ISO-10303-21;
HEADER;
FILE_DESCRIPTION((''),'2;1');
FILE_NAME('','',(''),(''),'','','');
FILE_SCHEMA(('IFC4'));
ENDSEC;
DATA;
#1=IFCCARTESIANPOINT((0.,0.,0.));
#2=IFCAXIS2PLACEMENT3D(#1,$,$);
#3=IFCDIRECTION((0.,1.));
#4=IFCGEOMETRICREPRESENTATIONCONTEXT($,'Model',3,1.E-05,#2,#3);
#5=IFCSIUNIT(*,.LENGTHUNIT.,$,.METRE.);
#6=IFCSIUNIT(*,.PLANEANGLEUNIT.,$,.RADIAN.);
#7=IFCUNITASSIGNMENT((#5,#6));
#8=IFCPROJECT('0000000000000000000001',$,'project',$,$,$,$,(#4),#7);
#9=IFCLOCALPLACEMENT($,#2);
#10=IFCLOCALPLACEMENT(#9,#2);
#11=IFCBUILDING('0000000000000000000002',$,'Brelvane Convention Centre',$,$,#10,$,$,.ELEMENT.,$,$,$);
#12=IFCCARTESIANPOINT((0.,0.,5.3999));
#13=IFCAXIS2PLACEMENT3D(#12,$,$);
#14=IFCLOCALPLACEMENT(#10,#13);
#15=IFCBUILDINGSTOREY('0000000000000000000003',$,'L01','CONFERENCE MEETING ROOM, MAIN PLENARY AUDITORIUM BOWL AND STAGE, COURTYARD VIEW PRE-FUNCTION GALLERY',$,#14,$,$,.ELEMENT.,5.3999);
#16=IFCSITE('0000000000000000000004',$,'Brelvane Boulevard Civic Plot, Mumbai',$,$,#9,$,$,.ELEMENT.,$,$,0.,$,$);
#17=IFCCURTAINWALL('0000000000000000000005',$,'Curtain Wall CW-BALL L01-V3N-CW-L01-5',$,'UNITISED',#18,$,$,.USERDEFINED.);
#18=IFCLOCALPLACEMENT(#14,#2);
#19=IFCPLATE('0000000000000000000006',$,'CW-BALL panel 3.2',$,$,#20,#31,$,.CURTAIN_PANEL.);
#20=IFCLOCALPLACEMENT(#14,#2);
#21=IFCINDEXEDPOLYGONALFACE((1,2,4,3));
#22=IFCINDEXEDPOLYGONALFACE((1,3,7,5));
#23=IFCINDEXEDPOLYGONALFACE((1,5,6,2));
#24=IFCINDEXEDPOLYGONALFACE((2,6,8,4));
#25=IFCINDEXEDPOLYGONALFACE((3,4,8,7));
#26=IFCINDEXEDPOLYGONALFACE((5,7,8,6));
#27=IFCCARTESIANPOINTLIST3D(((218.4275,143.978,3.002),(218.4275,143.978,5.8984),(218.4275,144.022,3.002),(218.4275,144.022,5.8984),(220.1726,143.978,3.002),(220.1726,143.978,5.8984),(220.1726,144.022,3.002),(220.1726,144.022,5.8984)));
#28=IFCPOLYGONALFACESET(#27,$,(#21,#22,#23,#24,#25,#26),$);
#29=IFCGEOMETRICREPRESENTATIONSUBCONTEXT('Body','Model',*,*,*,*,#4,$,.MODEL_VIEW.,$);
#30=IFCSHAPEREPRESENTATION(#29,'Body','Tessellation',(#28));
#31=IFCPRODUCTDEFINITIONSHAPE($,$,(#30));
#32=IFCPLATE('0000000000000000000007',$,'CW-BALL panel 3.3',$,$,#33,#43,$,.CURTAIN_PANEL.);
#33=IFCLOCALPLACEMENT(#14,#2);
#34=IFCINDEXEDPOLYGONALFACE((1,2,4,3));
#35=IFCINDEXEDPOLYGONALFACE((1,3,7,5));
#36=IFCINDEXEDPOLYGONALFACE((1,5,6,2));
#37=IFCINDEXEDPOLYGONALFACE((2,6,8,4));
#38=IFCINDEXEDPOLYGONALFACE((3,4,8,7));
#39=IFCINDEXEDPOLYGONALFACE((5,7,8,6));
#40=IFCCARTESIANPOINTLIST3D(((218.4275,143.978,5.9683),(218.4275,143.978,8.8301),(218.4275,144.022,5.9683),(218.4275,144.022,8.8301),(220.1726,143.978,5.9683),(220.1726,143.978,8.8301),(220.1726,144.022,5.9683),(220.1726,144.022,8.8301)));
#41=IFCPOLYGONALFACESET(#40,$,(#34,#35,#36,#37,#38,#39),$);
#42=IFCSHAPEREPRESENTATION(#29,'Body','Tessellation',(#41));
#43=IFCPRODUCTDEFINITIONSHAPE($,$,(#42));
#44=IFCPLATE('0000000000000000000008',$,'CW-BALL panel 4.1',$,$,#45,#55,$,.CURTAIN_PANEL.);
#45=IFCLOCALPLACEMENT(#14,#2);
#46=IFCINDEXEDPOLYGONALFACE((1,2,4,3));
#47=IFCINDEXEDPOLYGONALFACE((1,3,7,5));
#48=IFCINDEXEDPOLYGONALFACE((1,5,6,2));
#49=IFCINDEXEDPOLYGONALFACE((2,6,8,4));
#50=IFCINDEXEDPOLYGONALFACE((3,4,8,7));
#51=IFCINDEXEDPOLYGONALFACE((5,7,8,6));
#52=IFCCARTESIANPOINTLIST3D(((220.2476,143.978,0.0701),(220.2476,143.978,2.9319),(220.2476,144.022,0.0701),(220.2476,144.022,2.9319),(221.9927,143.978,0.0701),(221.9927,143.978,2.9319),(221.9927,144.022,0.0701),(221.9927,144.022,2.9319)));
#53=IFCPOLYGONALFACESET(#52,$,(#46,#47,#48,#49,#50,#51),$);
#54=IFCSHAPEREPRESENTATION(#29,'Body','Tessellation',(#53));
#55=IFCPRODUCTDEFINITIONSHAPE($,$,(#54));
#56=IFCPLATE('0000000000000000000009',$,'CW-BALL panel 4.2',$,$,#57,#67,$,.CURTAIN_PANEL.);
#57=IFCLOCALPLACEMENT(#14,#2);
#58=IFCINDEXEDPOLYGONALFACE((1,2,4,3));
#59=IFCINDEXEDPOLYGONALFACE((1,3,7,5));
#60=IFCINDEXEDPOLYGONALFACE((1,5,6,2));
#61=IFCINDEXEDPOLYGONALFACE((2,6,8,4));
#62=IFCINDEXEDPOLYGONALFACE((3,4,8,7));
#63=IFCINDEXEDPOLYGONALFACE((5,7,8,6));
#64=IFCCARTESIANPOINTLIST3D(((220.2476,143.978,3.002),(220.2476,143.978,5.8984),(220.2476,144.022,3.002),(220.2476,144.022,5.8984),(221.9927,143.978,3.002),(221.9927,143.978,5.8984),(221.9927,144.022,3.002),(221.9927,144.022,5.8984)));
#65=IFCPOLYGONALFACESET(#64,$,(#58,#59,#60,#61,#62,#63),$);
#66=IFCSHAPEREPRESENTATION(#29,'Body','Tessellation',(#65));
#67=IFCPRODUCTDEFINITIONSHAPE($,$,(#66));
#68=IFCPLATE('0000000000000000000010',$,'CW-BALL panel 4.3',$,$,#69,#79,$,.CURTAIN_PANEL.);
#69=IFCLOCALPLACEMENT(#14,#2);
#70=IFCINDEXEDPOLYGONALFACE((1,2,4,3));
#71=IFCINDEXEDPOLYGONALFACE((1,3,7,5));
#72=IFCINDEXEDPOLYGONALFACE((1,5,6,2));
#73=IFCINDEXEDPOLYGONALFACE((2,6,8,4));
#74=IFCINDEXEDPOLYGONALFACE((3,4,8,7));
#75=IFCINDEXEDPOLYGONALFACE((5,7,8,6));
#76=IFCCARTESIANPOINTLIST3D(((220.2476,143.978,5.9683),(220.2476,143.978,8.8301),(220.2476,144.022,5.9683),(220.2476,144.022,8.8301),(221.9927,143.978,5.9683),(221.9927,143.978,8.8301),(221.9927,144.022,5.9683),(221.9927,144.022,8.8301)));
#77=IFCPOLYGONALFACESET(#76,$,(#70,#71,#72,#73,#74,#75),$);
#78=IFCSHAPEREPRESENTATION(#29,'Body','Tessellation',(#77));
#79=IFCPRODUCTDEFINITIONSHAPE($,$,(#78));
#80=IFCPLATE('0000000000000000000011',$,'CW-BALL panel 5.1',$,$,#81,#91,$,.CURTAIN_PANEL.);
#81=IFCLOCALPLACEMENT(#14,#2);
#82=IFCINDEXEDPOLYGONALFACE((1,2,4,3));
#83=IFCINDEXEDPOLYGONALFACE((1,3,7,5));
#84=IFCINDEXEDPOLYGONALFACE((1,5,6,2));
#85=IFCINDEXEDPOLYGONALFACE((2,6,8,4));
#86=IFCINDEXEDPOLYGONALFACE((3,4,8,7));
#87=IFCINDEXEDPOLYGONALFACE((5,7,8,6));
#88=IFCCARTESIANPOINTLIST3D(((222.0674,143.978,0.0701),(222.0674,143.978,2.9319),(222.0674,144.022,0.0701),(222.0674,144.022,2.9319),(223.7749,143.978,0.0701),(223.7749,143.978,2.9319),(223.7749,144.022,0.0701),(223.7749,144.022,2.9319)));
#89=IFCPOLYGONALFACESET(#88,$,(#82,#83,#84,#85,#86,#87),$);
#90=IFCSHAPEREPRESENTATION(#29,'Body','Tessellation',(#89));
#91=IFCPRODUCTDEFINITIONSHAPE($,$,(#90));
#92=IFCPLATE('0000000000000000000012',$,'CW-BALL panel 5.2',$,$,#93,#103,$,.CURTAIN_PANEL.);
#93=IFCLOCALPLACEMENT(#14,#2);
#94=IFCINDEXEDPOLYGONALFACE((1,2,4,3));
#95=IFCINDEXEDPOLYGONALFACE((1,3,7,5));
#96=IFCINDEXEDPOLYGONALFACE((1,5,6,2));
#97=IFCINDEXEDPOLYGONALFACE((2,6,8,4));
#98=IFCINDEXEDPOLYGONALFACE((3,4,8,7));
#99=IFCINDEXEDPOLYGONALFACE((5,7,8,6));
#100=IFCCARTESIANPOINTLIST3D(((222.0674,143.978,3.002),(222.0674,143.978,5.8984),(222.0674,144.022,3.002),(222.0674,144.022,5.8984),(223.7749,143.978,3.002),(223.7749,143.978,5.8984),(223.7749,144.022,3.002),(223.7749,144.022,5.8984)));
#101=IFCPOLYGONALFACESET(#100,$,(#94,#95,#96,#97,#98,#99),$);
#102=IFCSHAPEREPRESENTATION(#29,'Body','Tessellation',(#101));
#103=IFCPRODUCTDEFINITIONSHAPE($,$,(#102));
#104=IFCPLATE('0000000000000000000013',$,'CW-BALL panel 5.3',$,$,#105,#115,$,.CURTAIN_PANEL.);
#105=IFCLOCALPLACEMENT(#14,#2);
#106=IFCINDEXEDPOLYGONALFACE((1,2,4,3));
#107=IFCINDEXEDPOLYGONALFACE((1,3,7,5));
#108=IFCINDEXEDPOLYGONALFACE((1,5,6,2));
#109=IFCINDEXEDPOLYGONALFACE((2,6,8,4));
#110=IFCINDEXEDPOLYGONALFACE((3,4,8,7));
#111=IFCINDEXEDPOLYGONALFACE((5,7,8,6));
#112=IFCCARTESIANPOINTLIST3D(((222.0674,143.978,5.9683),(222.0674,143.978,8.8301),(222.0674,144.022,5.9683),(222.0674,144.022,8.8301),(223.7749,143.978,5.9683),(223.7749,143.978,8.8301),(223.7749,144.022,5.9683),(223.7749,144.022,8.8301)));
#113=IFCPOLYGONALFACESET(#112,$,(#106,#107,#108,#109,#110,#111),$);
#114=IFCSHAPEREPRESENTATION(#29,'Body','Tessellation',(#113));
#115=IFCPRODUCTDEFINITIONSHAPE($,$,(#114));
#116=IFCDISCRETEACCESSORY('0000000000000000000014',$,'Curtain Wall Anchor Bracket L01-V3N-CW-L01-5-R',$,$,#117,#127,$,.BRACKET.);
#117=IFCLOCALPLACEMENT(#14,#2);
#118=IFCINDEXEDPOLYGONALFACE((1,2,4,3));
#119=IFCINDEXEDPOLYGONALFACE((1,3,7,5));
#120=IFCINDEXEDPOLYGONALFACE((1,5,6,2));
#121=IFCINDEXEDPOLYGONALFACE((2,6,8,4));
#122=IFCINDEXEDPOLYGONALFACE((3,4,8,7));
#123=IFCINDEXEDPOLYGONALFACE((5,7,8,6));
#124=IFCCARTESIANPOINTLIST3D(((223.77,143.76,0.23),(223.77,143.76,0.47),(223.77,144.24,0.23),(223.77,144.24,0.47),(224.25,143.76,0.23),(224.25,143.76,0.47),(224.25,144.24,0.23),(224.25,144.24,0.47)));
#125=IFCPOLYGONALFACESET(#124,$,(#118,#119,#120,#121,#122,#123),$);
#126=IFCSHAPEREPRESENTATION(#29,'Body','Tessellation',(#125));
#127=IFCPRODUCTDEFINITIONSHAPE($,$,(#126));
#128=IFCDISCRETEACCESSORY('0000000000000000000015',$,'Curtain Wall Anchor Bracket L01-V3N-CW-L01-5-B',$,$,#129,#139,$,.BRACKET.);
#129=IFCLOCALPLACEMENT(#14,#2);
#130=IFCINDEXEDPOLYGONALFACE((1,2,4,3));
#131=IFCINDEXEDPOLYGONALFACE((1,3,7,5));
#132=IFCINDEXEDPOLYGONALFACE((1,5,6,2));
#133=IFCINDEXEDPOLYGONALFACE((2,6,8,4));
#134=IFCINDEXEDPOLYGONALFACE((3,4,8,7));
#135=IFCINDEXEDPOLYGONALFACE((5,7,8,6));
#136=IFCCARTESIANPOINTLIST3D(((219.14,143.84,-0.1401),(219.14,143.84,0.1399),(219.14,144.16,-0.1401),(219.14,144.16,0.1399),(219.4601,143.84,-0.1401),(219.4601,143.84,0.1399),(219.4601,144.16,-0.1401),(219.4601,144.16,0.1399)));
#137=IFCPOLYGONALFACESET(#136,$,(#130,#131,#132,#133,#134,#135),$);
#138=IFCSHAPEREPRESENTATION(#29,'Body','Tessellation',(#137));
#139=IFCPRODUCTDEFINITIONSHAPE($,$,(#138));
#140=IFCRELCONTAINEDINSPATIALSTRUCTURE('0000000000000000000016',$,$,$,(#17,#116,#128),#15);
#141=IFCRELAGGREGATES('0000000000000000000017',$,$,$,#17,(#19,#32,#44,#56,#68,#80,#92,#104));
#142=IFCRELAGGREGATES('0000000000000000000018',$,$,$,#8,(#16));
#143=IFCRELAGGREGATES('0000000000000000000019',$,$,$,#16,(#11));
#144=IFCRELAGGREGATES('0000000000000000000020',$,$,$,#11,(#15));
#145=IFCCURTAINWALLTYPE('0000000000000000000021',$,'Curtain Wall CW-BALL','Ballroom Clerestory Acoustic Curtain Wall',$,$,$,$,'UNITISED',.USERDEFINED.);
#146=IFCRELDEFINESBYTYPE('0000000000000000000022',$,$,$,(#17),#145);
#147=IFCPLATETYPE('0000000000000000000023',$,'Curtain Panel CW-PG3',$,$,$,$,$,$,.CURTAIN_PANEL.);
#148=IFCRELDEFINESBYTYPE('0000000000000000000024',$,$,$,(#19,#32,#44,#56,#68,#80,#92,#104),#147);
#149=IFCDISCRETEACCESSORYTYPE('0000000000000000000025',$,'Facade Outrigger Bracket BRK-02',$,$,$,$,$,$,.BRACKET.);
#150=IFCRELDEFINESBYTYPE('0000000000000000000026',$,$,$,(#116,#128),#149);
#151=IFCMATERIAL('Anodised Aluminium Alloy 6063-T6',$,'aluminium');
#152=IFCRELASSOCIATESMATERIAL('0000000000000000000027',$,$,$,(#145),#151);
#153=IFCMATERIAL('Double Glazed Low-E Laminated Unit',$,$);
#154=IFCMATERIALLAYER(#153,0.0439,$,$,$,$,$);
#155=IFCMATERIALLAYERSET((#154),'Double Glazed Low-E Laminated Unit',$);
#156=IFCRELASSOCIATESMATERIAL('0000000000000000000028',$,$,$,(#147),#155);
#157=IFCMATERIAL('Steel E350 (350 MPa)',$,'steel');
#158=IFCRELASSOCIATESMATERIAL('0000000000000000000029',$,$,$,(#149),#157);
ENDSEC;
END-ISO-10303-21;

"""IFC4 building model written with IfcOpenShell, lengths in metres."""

from ifc_helpers import new_model, si_unit, direction, frame, origin, origin_2d, place, context, subcontext, project, spatial, rectangle, extrude, material, layer, layer_set, type_object, element, aggregate, save


model = new_model("IFC4")

# Units and contexts
model_context = context("Model", 3, precision=1e-05, world=origin(), true_north=direction((0.0, 1.0)))
body_context = subcontext(model_context, "Body", "Model", "MODEL_VIEW")
ifc_project = project(units=[si_unit("LENGTHUNIT", "METRE"), si_unit("PLANEANGLEUNIT", "RADIAN")], contexts=[model_context])

# Site, building, storey
site_placement = place(None, origin())
site = spatial("IfcSite", under=ifc_project, at=site_placement, Name="Brelvane Boulevard Civic Plot, Mumbai", CompositionType="ELEMENT", RefElevation=0.0)
building_placement = place(site_placement, origin())
building = spatial("IfcBuilding", under=site, at=building_placement, Name="Brelvane Convention Centre", CompositionType="ELEMENT")
storey_placement = place(building_placement, frame((0.0, 0.0, 5.3999)))
storey = spatial("IfcBuildingStorey", under=building, at=storey_placement, Name="L01", Description="CONFERENCE MEETING ROOM, MAIN PLENARY AUDITORIUM BOWL AND STAGE, COURTYARD VIEW PRE-FUNCTION GALLERY", CompositionType="ELEMENT", Elevation=5.3999)

# Curtain wall, plates
ifc_material_1 = material(Name="Anodised Aluminium Alloy 6063-T6", Category="aluminium")
curtain_wall_type = type_object("IfcCurtainWallType", Name="Curtain Wall CW-BALL", Description="Ballroom Clerestory Acoustic Curtain Wall", ElementType="UNITISED", PredefinedType="USERDEFINED", material=ifc_material_1)
curtain_wall_placement = place(storey_placement, origin())
curtain_wall = element("IfcCurtainWall", 1, at=curtain_wall_placement, inside=storey, type_object=curtain_wall_type, Name="Curtain Wall CW-BALL L01-V3N-CW-L01-5", ObjectType="UNITISED", PredefinedType="USERDEFINED")
ifc_material_2 = material(Name="Double Glazed Low-E Laminated Unit")
ifc_layer = layer(ifc_material_2, 0.0439)
ifc_layer_set = layer_set([ifc_layer], Name="Double Glazed Low-E Laminated Unit")
plate_type = type_object("IfcPlateType", Name="Curtain Panel CW-PG3", PredefinedType="CURTAIN_PANEL", material=ifc_layer_set)
plate_1_placement = place(storey_placement, frame((219.3, 144.0, 3.002), z_axis=(0.0, 0.0, 1.0), x_axis=(1.0, 0.0, 0.0)))
plate_1 = element("IfcPlate", 2, at=plate_1_placement, type_object=plate_type, Name="CW-BALL panel 3.2", PredefinedType="CURTAIN_PANEL", context=body_context, shape_type="SweptSolid", body=[
    extrude(rectangle(XDim=1.7451, YDim=0.0439, at=origin_2d()), origin(), (0.0, 0.0, 1.0), 2.8965),
])
plate_2_placement = place(storey_placement, frame((219.3, 144.0, 5.9683), z_axis=(0.0, 0.0, 1.0), x_axis=(1.0, 0.0, 0.0)))
plate_2 = element("IfcPlate", 3, at=plate_2_placement, type_object=plate_type, Name="CW-BALL panel 3.3", PredefinedType="CURTAIN_PANEL", context=body_context, shape_type="SweptSolid", body=[
    extrude(rectangle(XDim=1.7451, YDim=0.0439, at=origin_2d()), origin(), (0.0, 0.0, 1.0), 2.8618),
])
plate_3_placement = place(storey_placement, frame((221.1201, 144.0, 0.0701), z_axis=(0.0, 0.0, 1.0), x_axis=(1.0, 0.0, 0.0)))
plate_3 = element("IfcPlate", 4, at=plate_3_placement, type_object=plate_type, Name="CW-BALL panel 4.1", PredefinedType="CURTAIN_PANEL", context=body_context, shape_type="SweptSolid", body=[
    extrude(rectangle(XDim=1.7451, YDim=0.0439, at=origin_2d()), origin(), (0.0, 0.0, 1.0), 2.8618),
])
plate_4_placement = place(storey_placement, frame((221.1201, 144.0, 3.002), z_axis=(0.0, 0.0, 1.0), x_axis=(1.0, 0.0, 0.0)))
plate_4 = element("IfcPlate", 5, at=plate_4_placement, type_object=plate_type, Name="CW-BALL panel 4.2", PredefinedType="CURTAIN_PANEL", context=body_context, shape_type="SweptSolid", body=[
    extrude(rectangle(XDim=1.7451, YDim=0.0439, at=origin_2d()), origin(), (0.0, 0.0, 1.0), 2.8965),
])
plate_5_placement = place(storey_placement, frame((221.1201, 144.0, 5.9683), z_axis=(0.0, 0.0, 1.0), x_axis=(1.0, 0.0, 0.0)))
plate_5 = element("IfcPlate", 6, at=plate_5_placement, type_object=plate_type, Name="CW-BALL panel 4.3", PredefinedType="CURTAIN_PANEL", context=body_context, shape_type="SweptSolid", body=[
    extrude(rectangle(XDim=1.7451, YDim=0.0439, at=origin_2d()), origin(), (0.0, 0.0, 1.0), 2.8618),
])
plate_6_placement = place(storey_placement, frame((222.9211, 144.0, 0.0701), z_axis=(0.0, 0.0, 1.0), x_axis=(1.0, 0.0, 0.0)))
plate_6 = element("IfcPlate", 7, at=plate_6_placement, type_object=plate_type, Name="CW-BALL panel 5.1", PredefinedType="CURTAIN_PANEL", context=body_context, shape_type="SweptSolid", body=[
    extrude(rectangle(XDim=1.7075, YDim=0.0439, at=origin_2d()), origin(), (0.0, 0.0, 1.0), 2.8618),
])
plate_7_placement = place(storey_placement, frame((222.9211, 144.0, 3.002), z_axis=(0.0, 0.0, 1.0), x_axis=(1.0, 0.0, 0.0)))
plate_7 = element("IfcPlate", 8, at=plate_7_placement, type_object=plate_type, Name="CW-BALL panel 5.2", PredefinedType="CURTAIN_PANEL", context=body_context, shape_type="SweptSolid", body=[
    extrude(rectangle(XDim=1.7075, YDim=0.0439, at=origin_2d()), origin(), (0.0, 0.0, 1.0), 2.8965),
])
plate_8_placement = place(storey_placement, frame((222.9211, 144.0, 5.9683), z_axis=(0.0, 0.0, 1.0), x_axis=(1.0, 0.0, 0.0)))
plate_8 = element("IfcPlate", 9, at=plate_8_placement, type_object=plate_type, Name="CW-BALL panel 5.3", PredefinedType="CURTAIN_PANEL", context=body_context, shape_type="SweptSolid", body=[
    extrude(rectangle(XDim=1.7075, YDim=0.0439, at=origin_2d()), origin(), (0.0, 0.0, 1.0), 2.8618),
])
aggregate(curtain_wall, [plate_1, plate_2, plate_3, plate_4, plate_5, plate_6, plate_7, plate_8])

# Discrete accessories
ifc_material_3 = material(Name="Steel E350 (350 MPa)", Category="steel")
discrete_accessory_type = type_object("IfcDiscreteAccessoryType", Name="Facade Outrigger Bracket BRK-02", PredefinedType="BRACKET", material=ifc_material_3)
discrete_accessory_1_placement = place(storey_placement, frame((224.01, 144.0, 0.23), z_axis=(0.0, 0.0, 1.0), x_axis=(1.0, 0.0, 0.0)))
element("IfcDiscreteAccessory", 10, at=discrete_accessory_1_placement, inside=storey, type_object=discrete_accessory_type, Name="Curtain Wall Anchor Bracket L01-V3N-CW-L01-5-R", PredefinedType="BRACKET", context=body_context, shape_type="SweptSolid", body=[
    extrude(rectangle(XDim=0.48, YDim=0.48, at=origin_2d()), origin(), (0.0, 0.0, 1.0), 0.24),
])
discrete_accessory_2_placement = place(storey_placement, frame((219.3, 144.0, -0.1401), z_axis=(0.0, 0.0, 1.0), x_axis=(1.0, 0.0, 0.0)))
element("IfcDiscreteAccessory", 11, at=discrete_accessory_2_placement, inside=storey, type_object=discrete_accessory_type, Name="Curtain Wall Anchor Bracket L01-V3N-CW-L01-5-B", PredefinedType="BRACKET", context=body_context, shape_type="SweptSolid", body=[
    extrude(rectangle(XDim=0.3201, YDim=0.3201, at=origin_2d()), origin(), (0.0, 0.0, 1.0), 0.28),
])

save(model, "model.ifc")
